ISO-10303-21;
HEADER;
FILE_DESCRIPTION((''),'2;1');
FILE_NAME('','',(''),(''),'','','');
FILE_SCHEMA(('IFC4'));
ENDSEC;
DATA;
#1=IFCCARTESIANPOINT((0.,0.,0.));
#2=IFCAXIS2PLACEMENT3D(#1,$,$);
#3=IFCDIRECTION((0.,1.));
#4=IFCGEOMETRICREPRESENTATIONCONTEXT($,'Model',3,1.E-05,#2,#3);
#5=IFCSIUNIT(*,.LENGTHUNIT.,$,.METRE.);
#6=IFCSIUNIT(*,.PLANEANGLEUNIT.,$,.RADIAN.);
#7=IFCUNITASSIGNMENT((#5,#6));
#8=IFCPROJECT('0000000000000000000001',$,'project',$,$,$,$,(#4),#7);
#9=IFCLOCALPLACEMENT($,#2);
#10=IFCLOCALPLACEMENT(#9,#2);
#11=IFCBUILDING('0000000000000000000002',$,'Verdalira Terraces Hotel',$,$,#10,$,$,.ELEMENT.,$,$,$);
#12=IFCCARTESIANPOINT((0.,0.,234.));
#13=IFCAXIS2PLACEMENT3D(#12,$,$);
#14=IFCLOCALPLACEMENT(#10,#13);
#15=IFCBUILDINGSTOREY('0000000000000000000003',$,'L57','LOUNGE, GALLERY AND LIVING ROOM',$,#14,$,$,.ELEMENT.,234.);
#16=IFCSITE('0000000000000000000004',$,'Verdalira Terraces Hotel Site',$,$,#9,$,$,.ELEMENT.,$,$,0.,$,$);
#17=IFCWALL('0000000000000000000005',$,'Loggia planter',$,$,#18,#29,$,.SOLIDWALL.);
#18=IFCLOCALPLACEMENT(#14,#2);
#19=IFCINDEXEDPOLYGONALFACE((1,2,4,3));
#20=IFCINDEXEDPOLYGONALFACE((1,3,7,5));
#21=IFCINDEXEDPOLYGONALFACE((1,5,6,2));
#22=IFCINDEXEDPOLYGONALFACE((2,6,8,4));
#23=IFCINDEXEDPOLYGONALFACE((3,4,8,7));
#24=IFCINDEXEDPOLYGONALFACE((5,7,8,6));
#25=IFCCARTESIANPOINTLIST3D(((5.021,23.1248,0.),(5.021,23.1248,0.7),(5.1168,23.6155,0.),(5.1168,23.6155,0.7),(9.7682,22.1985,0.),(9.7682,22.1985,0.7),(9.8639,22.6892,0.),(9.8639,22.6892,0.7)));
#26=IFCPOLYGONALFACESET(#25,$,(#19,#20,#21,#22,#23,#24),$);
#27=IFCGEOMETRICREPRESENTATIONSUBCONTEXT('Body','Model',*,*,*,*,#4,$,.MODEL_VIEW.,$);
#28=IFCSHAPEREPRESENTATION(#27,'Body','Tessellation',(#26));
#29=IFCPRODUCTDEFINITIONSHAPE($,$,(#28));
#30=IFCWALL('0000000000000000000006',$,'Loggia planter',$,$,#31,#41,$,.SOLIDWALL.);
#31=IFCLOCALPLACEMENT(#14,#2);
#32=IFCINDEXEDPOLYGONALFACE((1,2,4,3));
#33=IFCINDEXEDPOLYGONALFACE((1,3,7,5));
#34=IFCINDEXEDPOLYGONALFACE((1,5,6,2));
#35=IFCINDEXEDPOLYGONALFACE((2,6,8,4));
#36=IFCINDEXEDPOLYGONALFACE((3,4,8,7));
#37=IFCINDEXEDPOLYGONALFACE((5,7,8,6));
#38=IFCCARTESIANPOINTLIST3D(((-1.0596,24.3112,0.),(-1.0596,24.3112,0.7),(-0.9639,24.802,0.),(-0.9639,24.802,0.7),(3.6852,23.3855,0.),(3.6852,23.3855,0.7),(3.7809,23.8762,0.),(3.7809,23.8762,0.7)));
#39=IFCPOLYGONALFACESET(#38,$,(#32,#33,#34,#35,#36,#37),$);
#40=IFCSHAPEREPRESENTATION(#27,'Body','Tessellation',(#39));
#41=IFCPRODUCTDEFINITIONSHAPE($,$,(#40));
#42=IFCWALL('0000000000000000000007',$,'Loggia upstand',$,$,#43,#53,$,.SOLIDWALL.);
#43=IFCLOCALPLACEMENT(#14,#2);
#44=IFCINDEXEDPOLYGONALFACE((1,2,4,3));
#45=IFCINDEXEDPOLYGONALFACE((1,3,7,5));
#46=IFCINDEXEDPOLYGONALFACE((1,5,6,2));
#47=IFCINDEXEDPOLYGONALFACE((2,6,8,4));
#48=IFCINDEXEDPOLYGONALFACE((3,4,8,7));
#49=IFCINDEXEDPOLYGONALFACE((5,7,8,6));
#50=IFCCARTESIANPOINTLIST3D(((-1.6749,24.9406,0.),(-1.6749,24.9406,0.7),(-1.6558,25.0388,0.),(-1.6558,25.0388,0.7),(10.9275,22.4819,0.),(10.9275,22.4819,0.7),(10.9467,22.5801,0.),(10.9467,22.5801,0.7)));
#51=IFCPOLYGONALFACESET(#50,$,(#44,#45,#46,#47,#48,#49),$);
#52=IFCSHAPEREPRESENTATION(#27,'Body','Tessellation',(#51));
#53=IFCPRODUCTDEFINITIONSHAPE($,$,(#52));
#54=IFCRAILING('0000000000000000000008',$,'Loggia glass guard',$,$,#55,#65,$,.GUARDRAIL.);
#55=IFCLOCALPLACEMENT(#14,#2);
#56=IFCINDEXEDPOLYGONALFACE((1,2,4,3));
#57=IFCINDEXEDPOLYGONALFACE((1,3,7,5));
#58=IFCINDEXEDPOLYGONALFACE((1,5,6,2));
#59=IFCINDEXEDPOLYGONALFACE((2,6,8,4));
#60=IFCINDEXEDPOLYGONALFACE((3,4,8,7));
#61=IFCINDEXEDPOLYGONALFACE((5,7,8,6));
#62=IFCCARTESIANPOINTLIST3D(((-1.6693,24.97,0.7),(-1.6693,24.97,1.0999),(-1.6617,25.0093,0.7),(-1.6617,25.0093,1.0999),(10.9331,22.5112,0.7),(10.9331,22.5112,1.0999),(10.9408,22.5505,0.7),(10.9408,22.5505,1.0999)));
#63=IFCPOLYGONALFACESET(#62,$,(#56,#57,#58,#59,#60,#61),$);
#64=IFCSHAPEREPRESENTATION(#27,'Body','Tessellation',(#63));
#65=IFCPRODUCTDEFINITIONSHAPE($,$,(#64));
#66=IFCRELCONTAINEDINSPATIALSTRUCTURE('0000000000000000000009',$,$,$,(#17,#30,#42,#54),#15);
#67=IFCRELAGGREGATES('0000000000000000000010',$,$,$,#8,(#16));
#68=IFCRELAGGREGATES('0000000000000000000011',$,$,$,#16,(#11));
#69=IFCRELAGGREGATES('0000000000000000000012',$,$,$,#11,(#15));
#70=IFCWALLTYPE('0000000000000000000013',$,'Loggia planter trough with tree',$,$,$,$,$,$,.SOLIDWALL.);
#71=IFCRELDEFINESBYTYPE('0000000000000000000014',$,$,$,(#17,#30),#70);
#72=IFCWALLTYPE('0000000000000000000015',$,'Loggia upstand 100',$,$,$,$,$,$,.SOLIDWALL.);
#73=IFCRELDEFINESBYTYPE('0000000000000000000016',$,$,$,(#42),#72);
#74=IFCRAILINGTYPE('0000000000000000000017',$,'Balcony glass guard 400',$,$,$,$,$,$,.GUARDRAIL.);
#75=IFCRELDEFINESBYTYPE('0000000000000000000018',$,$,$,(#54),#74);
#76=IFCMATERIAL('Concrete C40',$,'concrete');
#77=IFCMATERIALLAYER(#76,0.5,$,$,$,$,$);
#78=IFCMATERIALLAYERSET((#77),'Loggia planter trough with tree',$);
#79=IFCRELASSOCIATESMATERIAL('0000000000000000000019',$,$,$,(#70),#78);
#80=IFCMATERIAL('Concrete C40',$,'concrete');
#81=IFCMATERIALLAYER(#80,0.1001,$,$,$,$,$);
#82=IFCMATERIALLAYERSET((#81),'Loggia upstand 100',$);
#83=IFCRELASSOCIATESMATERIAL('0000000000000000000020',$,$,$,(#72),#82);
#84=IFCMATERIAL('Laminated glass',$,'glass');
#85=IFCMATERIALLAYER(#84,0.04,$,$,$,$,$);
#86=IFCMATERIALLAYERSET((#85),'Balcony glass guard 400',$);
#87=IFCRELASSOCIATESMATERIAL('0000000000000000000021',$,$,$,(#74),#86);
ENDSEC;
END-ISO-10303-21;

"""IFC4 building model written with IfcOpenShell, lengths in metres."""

from ifc_helpers import new_model, si_unit, direction, frame, frame_2d, origin, origin_2d, place, context, subcontext, project, spatial, rectangle, extrude, material, layer, layer_set, type_object, element, save


model = new_model("IFC4")

# Units and contexts
model_context = context("Model", 3, precision=1e-05, world=origin(), true_north=direction((0.0, 1.0)))
body_context = subcontext(model_context, "Body", "Model", "MODEL_VIEW")
ifc_project = project(units=[si_unit("LENGTHUNIT", "METRE"), si_unit("PLANEANGLEUNIT", "RADIAN")], contexts=[model_context])

# Site, building, storey
site_placement = place(None, origin())
site = spatial("IfcSite", under=ifc_project, at=site_placement, Name="Verdalira Terraces Hotel Site", CompositionType="ELEMENT", RefElevation=0.0)
building_placement = place(site_placement, origin())
building = spatial("IfcBuilding", under=site, at=building_placement, Name="Verdalira Terraces Hotel", CompositionType="ELEMENT")
storey_placement = place(building_placement, frame((0.0, 0.0, 234.0)))
storey = spatial("IfcBuildingStorey", under=building, at=storey_placement, Name="L57", Description="LOUNGE, GALLERY AND LIVING ROOM", CompositionType="ELEMENT", Elevation=234.0)

# Walls
ifc_material_1 = material(Name="Concrete C40", Category="concrete")
ifc_layer_1 = layer(ifc_material_1, 0.5)
ifc_layer_set_1 = layer_set([ifc_layer_1], Name="Loggia planter trough with tree")
wall_type_1 = type_object("IfcWallType", Name="Loggia planter trough with tree", PredefinedType="SOLIDWALL", material=ifc_layer_set_1)
wall_1_placement = place(storey_placement, frame((9.8162, 22.4438, 0.0), z_axis=(0.0, 0.0, 1.0), x_axis=(-0.98149, 0.191513, 0.0)))
element("IfcWall", 1, at=wall_1_placement, inside=storey, type_object=wall_type_1, Name="Loggia planter", PredefinedType="SOLIDWALL", context=body_context, shape_type="SweptSolid", body=[
    extrude(rectangle(XDim=4.8367, YDim=0.5, at=frame_2d((2.4185, 0.0))), origin(), (0.0, 0.0, 1.0), 0.7),
])
wall_2_placement = place(storey_placement, frame((3.7329, 23.6309, 0.0), z_axis=(0.0, 0.0, 1.0), x_axis=(-0.981492, 0.191501, 0.0)))
element("IfcWall", 2, at=wall_2_placement, inside=storey, type_object=wall_type_1, Name="Loggia planter", PredefinedType="SOLIDWALL", context=body_context, shape_type="SweptSolid", body=[
    extrude(rectangle(XDim=4.8342, YDim=0.5, at=frame_2d((2.417, 0.0))), origin(), (0.0, 0.0, 1.0), 0.7),
])
ifc_material_2 = material(Name="Concrete C40", Category="concrete")
ifc_layer_2 = layer(ifc_material_2, 0.1001)
ifc_layer_set_2 = layer_set([ifc_layer_2], Name="Loggia upstand 100")
wall_type_2 = type_object("IfcWallType", Name="Loggia upstand 100", PredefinedType="SOLIDWALL", material=ifc_layer_set_2)
wall_3_placement = place(storey_placement, frame((10.937, 22.531, 0.0), z_axis=(0.0, 0.0, 1.0), x_axis=(-0.981495, 0.191488, 0.0)))
element("IfcWall", 3, at=wall_3_placement, inside=storey, type_object=wall_type_2, Name="Loggia upstand", PredefinedType="SOLIDWALL", context=body_context, shape_type="SweptSolid", body=[
    extrude(rectangle(XDim=12.8401, YDim=0.1001, at=frame_2d((6.4199, 0.0))), origin(), (0.0, 0.0, 1.0), 0.7),
])

# Railing
ifc_material_3 = material(Name="Laminated glass", Category="glass")
ifc_layer_3 = layer(ifc_material_3, 0.04)
ifc_layer_set_3 = layer_set([ifc_layer_3], Name="Balcony glass guard 400")
railing_type = type_object("IfcRailingType", Name="Balcony glass guard 400", PredefinedType="GUARDRAIL", material=ifc_layer_set_3)
railing_placement = place(storey_placement, frame((4.6357, 23.7603, 0.7), z_axis=(0.0, 0.0, 1.0), x_axis=(-0.981494, 0.191494, 0.0)))
element("IfcRailing", 4, at=railing_placement, inside=storey, type_object=railing_type, Name="Loggia glass guard", PredefinedType="GUARDRAIL", context=body_context, shape_type="SweptSolid", body=[
    extrude(rectangle(XDim=12.8401, YDim=0.04, at=origin_2d()), origin(), (0.0, 0.0, 1.0), 0.3999),
])

save(model, "model.ifc")
